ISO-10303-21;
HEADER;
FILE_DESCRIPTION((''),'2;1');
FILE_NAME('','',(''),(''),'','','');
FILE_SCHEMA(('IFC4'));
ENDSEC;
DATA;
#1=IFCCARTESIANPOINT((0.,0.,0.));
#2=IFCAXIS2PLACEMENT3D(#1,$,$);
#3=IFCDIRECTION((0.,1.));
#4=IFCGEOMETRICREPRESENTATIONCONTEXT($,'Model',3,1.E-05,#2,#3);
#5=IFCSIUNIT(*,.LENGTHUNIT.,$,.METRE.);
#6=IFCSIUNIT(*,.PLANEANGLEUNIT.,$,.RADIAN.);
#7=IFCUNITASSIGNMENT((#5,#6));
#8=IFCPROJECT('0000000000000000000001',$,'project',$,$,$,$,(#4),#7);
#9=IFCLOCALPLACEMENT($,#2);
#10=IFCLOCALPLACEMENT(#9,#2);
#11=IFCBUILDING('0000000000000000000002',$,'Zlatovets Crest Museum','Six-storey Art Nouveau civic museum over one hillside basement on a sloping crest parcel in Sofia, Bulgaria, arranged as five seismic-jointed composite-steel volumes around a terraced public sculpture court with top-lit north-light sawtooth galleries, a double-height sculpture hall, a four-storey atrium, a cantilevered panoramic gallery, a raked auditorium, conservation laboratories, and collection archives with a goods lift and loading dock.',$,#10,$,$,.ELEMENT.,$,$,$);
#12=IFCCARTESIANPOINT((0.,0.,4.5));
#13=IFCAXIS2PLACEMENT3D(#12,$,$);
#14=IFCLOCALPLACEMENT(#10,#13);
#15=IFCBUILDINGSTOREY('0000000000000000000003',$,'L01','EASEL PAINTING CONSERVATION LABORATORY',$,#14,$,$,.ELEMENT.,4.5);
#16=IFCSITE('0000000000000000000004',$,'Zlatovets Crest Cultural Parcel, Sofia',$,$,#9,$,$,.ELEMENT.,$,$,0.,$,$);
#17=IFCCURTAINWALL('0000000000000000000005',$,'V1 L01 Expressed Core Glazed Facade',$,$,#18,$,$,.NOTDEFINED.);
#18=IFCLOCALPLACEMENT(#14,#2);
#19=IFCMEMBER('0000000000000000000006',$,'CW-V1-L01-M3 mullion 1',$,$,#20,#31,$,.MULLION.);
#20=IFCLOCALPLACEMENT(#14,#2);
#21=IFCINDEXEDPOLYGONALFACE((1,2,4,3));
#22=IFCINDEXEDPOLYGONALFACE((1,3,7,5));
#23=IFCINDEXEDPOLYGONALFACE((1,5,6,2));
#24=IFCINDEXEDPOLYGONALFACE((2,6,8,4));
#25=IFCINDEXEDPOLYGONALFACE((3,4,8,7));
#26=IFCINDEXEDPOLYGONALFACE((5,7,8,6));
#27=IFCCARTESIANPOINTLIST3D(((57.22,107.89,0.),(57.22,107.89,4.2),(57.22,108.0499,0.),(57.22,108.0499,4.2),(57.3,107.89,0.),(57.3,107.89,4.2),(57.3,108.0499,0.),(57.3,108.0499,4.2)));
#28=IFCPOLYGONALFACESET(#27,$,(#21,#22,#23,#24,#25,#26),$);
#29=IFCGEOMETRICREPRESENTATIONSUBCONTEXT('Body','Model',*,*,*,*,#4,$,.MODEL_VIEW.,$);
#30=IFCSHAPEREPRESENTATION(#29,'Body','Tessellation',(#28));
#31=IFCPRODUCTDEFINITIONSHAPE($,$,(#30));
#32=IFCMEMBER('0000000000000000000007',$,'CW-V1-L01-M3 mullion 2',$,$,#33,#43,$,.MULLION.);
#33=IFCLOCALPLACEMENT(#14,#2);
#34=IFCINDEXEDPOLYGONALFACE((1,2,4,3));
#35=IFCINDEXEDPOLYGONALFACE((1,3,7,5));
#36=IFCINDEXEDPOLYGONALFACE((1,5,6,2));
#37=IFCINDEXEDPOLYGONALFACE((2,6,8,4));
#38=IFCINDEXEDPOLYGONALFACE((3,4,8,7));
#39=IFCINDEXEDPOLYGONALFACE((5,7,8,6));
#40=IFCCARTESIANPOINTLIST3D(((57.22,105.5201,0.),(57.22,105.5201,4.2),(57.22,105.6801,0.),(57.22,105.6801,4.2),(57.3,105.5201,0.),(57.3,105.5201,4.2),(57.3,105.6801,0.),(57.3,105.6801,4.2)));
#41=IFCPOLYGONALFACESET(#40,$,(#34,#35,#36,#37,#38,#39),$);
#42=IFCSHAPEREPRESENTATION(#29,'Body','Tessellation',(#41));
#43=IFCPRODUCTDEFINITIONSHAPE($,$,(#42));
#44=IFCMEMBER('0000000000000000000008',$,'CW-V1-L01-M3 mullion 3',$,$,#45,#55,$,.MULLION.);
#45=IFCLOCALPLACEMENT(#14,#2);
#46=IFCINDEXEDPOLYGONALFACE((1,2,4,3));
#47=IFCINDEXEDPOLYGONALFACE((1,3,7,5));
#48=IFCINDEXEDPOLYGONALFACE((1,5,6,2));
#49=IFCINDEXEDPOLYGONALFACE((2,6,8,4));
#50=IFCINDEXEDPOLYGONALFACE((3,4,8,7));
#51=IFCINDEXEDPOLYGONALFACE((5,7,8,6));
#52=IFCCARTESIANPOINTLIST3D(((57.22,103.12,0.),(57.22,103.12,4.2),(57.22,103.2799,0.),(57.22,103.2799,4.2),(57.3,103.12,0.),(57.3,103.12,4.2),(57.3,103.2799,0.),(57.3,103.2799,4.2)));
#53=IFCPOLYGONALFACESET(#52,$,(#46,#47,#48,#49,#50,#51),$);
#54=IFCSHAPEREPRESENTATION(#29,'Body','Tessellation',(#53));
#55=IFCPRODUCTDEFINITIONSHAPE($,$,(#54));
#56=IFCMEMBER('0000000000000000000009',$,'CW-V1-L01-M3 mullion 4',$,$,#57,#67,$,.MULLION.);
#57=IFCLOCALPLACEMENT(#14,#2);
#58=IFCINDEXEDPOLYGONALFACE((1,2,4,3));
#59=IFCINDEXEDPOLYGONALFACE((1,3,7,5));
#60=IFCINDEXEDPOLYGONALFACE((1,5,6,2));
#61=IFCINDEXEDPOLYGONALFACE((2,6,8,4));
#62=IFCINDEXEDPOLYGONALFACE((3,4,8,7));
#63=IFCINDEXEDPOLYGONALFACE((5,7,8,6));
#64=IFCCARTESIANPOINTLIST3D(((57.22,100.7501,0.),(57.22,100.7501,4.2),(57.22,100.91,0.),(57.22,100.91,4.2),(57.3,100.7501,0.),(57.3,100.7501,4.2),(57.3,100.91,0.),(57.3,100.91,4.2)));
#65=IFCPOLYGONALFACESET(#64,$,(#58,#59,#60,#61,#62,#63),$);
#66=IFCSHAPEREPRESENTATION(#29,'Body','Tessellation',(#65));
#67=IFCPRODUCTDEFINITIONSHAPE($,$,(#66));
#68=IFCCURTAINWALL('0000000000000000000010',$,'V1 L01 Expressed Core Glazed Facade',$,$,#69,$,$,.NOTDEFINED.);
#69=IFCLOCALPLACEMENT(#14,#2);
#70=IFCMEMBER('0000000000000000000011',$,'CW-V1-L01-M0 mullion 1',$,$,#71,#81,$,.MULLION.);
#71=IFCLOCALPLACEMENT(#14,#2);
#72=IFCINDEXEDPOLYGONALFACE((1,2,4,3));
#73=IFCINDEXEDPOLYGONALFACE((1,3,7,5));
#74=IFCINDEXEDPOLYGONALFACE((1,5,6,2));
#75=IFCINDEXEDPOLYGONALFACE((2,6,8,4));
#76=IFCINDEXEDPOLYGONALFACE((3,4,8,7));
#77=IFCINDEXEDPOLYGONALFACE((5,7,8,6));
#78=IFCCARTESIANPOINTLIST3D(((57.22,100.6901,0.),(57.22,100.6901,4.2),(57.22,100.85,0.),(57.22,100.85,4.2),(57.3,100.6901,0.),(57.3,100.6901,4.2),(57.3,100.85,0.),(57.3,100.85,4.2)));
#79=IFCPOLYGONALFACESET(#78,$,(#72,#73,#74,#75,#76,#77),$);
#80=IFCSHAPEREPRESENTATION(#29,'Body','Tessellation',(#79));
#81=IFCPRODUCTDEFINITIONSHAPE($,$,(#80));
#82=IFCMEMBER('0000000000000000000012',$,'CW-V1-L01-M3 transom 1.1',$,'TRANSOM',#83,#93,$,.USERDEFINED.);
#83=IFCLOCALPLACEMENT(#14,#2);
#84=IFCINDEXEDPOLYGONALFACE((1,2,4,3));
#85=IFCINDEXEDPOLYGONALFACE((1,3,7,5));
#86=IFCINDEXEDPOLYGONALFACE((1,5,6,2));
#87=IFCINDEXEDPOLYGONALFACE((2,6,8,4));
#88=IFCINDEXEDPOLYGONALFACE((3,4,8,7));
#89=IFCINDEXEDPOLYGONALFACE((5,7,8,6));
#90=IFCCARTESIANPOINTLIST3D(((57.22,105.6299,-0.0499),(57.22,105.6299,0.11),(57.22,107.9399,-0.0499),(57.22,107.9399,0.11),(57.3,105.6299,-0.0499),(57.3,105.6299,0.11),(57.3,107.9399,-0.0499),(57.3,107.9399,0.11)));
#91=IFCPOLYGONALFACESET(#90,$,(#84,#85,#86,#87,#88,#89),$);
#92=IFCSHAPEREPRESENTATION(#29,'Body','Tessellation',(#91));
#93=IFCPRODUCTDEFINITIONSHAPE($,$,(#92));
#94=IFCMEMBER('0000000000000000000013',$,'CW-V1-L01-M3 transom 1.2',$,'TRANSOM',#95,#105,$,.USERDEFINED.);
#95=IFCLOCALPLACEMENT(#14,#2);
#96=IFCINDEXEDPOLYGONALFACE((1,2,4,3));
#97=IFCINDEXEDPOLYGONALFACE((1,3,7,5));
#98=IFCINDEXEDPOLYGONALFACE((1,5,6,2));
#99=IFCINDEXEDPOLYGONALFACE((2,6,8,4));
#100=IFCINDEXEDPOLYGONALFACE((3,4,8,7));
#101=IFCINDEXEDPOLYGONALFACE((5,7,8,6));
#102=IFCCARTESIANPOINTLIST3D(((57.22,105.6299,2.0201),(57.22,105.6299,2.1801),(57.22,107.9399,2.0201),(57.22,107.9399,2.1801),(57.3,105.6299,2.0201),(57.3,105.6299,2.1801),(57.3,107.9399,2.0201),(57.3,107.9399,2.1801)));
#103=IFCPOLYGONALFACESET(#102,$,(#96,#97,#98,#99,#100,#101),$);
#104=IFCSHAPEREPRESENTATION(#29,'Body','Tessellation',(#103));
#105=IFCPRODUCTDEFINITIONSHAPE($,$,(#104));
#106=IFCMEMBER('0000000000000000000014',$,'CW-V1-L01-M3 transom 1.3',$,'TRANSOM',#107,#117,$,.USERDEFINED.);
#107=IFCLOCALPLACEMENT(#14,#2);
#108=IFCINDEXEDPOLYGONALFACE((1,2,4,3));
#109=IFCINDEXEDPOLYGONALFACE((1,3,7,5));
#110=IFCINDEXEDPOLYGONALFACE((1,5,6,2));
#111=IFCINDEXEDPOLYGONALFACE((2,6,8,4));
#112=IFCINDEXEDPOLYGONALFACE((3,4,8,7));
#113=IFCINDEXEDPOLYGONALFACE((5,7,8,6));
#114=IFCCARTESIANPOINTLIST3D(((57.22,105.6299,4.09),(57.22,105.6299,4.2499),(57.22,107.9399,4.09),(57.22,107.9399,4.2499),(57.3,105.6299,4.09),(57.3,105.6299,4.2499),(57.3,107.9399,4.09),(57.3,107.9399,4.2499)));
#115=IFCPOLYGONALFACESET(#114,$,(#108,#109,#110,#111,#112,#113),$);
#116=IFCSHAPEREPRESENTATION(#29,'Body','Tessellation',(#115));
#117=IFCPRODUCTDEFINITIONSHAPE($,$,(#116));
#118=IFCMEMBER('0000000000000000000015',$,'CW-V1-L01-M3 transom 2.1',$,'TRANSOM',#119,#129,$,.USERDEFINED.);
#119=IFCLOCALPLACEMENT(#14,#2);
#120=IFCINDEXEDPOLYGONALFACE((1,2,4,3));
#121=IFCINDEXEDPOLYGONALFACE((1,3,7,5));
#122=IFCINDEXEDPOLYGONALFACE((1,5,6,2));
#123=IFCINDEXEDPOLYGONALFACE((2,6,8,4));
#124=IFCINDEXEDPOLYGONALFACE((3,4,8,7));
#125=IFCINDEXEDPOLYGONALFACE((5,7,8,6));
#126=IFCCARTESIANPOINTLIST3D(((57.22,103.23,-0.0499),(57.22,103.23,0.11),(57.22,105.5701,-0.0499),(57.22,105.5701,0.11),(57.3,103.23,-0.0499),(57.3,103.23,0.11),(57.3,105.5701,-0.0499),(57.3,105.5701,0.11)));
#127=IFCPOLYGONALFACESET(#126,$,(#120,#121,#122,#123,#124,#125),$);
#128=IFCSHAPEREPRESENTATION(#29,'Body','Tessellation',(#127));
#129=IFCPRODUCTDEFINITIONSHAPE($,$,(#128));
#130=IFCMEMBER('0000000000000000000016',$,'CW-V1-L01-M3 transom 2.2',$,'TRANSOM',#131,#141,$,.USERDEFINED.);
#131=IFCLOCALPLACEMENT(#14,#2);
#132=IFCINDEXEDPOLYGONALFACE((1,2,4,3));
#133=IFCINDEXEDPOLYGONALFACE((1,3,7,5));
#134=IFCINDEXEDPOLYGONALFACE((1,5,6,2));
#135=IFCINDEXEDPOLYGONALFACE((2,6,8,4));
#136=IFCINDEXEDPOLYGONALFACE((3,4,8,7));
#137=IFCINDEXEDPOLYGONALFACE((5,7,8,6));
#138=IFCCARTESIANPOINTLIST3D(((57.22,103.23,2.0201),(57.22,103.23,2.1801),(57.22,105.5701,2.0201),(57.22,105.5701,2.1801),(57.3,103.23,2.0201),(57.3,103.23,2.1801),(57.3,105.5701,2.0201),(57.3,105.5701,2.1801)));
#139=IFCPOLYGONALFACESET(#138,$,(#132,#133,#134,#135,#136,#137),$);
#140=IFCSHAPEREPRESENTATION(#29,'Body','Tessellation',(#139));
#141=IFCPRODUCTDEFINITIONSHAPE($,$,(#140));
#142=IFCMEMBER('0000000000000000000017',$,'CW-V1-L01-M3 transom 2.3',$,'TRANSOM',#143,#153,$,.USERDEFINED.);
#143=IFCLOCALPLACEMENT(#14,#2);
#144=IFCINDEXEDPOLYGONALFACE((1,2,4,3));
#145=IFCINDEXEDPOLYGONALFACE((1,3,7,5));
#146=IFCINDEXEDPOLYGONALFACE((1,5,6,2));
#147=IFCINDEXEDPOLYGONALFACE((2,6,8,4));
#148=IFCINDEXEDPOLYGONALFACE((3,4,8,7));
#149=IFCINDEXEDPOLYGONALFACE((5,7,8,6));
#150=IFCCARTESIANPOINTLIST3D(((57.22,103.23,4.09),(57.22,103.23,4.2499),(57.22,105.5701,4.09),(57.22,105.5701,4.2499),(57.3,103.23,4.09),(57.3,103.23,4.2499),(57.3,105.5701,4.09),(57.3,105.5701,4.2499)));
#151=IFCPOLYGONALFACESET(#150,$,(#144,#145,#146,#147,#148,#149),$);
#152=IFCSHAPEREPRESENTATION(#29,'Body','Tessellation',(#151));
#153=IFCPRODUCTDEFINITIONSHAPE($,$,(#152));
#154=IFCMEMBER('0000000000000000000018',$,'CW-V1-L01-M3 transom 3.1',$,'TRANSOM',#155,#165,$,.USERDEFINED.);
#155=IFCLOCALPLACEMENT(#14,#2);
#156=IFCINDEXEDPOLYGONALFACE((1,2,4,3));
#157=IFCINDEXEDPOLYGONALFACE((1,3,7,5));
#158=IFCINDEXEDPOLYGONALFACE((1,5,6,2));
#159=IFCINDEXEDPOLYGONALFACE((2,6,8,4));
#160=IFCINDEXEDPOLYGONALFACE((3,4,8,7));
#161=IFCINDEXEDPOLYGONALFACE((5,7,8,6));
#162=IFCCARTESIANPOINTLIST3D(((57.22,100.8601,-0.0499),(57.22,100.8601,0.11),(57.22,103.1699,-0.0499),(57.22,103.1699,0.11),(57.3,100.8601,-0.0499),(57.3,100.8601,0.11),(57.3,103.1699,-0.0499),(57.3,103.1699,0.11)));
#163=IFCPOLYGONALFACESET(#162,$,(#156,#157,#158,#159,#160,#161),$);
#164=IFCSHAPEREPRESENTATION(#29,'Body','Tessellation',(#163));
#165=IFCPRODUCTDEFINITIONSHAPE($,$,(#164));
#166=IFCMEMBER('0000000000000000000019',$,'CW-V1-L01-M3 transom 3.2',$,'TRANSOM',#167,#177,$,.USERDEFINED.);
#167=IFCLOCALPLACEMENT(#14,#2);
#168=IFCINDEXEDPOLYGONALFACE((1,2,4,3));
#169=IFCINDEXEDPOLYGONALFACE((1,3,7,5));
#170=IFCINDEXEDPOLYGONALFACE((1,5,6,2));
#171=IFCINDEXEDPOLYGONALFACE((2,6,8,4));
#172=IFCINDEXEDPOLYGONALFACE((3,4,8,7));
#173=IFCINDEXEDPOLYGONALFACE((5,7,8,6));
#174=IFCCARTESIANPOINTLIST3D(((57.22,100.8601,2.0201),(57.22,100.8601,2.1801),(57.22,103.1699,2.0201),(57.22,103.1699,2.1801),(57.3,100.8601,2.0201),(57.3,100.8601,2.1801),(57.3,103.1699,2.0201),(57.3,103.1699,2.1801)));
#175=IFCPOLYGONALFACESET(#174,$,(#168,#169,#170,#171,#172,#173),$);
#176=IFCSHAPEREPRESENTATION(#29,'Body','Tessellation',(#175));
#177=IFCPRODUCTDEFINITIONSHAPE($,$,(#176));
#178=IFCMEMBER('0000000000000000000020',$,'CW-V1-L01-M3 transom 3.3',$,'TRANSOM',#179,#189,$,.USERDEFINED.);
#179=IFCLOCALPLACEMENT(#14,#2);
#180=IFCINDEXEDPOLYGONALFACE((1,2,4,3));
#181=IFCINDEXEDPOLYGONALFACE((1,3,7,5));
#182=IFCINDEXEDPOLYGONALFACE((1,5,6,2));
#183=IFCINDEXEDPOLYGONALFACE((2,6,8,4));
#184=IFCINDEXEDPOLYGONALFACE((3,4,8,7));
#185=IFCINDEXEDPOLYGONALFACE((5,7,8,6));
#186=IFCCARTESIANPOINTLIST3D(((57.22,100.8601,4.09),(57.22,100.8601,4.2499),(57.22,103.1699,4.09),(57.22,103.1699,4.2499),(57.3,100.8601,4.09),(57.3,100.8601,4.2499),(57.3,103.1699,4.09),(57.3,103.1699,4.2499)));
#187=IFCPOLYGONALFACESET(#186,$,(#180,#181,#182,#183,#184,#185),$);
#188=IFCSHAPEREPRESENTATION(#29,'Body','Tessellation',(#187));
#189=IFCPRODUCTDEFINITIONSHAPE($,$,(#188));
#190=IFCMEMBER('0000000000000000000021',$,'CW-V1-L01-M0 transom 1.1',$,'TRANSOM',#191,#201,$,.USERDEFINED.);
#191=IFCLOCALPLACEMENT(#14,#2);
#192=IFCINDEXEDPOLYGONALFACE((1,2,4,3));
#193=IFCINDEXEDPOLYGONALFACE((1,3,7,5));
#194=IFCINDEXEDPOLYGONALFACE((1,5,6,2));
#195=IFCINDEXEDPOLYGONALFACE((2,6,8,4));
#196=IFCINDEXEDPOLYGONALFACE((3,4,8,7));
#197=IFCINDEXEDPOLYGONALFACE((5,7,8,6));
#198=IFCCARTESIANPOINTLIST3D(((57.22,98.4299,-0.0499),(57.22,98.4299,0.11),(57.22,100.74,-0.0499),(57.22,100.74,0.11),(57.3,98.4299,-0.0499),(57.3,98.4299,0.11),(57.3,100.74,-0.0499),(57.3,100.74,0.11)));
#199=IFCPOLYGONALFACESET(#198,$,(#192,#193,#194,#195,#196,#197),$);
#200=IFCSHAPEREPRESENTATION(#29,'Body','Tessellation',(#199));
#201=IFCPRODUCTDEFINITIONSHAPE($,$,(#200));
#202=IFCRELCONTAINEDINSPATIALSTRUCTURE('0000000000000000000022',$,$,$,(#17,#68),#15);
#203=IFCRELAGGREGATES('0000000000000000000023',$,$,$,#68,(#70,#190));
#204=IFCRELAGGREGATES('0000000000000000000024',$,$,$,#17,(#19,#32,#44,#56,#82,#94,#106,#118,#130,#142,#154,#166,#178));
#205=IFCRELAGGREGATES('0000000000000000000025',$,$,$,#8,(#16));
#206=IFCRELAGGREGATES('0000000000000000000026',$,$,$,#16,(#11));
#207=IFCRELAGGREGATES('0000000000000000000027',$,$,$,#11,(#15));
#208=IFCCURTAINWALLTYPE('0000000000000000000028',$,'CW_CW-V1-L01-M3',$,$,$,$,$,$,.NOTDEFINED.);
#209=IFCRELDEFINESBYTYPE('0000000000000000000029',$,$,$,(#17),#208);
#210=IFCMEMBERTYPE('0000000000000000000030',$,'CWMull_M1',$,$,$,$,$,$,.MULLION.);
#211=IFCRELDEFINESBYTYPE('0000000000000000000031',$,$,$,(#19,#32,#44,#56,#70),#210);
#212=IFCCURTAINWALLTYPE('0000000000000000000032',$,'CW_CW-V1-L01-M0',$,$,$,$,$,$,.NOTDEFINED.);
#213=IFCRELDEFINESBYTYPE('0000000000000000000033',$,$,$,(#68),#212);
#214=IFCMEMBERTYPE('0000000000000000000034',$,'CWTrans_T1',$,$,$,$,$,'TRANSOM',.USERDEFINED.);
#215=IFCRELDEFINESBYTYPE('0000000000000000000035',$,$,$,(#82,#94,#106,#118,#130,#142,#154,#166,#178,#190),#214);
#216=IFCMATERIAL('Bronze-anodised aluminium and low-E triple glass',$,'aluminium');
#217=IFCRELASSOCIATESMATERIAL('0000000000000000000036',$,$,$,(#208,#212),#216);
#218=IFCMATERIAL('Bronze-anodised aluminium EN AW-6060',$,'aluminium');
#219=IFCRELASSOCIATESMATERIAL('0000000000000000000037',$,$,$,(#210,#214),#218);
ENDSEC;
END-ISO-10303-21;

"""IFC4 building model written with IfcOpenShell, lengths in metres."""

from ifc_helpers import new_model, si_unit, direction, frame, origin, origin_2d, place, context, subcontext, project, spatial, rectangle, extrude, material, material_profile, profile_set, type_object, element, aggregate, save


model = new_model("IFC4")

# Units and contexts
model_context = context("Model", 3, precision=1e-05, world=origin(), true_north=direction((0.0, 1.0)))
body_context = subcontext(model_context, "Body", "Model", "MODEL_VIEW")
ifc_project = project(units=[si_unit("LENGTHUNIT", "METRE"), si_unit("PLANEANGLEUNIT", "RADIAN")], contexts=[model_context])

# Site, building, storey
site_placement = place(None, origin())
site = spatial("IfcSite", under=ifc_project, at=site_placement, Name="Zlatovets Crest Cultural Parcel, Sofia", CompositionType="ELEMENT", RefElevation=0.0)
building_placement = place(site_placement, origin())
building = spatial("IfcBuilding", under=site, at=building_placement, Name="Zlatovets Crest Museum", Description="Six-storey Art Nouveau civic museum over one hillside basement on a sloping crest parcel in Sofia, Bulgaria, arranged as five seismic-jointed composite-steel volumes around a terraced public sculpture court with top-lit north-light sawtooth galleries, a double-height sculpture hall, a four-storey atrium, a cantilevered panoramic gallery, a raked auditorium, conservation laboratories, and collection archives with a goods lift and loading dock.", CompositionType="ELEMENT")
storey_placement = place(building_placement, frame((0.0, 0.0, 4.5)))
storey = spatial("IfcBuildingStorey", under=building, at=storey_placement, Name="L01", Description="EASEL PAINTING CONSERVATION LABORATORY", CompositionType="ELEMENT", Elevation=4.5)

# Curtain wall, members
ifc_material_1 = material(Name="Bronze-anodised aluminium and low-E triple glass", Category="aluminium")
curtain_wall_type_1 = type_object("IfcCurtainWallType", Name="CW_CW-V1-L01-M3", PredefinedType="NOTDEFINED", material=ifc_material_1)
curtain_wall_1_placement = place(storey_placement, origin())
curtain_wall_1 = element("IfcCurtainWall", 1, at=curtain_wall_1_placement, inside=storey, type_object=curtain_wall_type_1, Name="V1 L01 Expressed Core Glazed Facade", PredefinedType="NOTDEFINED")
ifc_material_2 = material(Name="Bronze-anodised aluminium EN AW-6060", Category="aluminium")
ifc_material_profile_1 = material_profile(ifc_material_2, rectangle(XDim=0.0801, YDim=0.1599, at=origin_2d()), Name="ALU 80x160")
ifc_profile_set_1 = profile_set([ifc_material_profile_1], Name="Bronze-anodised aluminium EN AW-6060")
member_type_1 = type_object("IfcMemberType", Name="CWMull_M1", PredefinedType="MULLION", material=ifc_profile_set_1)
member_1_placement = place(storey_placement, frame((57.26, 107.97, 0.0), z_axis=(0.0, 0.0, 1.0), x_axis=(1.0, 0.0, 0.0)))
member_1 = element("IfcMember", 2, at=member_1_placement, type_object=member_type_1, Name="CW-V1-L01-M3 mullion 1", PredefinedType="MULLION", context=body_context, shape_type="SweptSolid", body=[
    extrude(rectangle(XDim=0.0801, YDim=0.1599, at=origin_2d()), origin(), (0.0, 0.0, 1.0), 4.2),
])
member_2_placement = place(storey_placement, frame((57.26, 105.6001, 0.0), z_axis=(0.0, 0.0, 1.0), x_axis=(1.0, 0.0, 0.0)))
member_2 = element("IfcMember", 3, at=member_2_placement, type_object=member_type_1, Name="CW-V1-L01-M3 mullion 2", PredefinedType="MULLION", context=body_context, shape_type="SweptSolid", body=[
    extrude(rectangle(XDim=0.0801, YDim=0.1599, at=origin_2d()), origin(), (0.0, 0.0, 1.0), 4.2),
])
member_3_placement = place(storey_placement, frame((57.26, 103.2, 0.0), z_axis=(0.0, 0.0, 1.0), x_axis=(1.0, 0.0, 0.0)))
member_3 = element("IfcMember", 4, at=member_3_placement, type_object=member_type_1, Name="CW-V1-L01-M3 mullion 3", PredefinedType="MULLION", context=body_context, shape_type="SweptSolid", body=[
    extrude(rectangle(XDim=0.0801, YDim=0.1599, at=origin_2d()), origin(), (0.0, 0.0, 1.0), 4.2),
])
member_4_placement = place(storey_placement, frame((57.26, 100.8301, 0.0), z_axis=(0.0, 0.0, 1.0), x_axis=(1.0, 0.0, 0.0)))
member_4 = element("IfcMember", 5, at=member_4_placement, type_object=member_type_1, Name="CW-V1-L01-M3 mullion 4", PredefinedType="MULLION", context=body_context, shape_type="SweptSolid", body=[
    extrude(rectangle(XDim=0.0801, YDim=0.1599, at=origin_2d()), origin(), (0.0, 0.0, 1.0), 4.2),
])

# Curtain wall, member
curtain_wall_type_2 = type_object("IfcCurtainWallType", Name="CW_CW-V1-L01-M0", PredefinedType="NOTDEFINED", material=ifc_material_1)
curtain_wall_2_placement = place(storey_placement, origin())
curtain_wall_2 = element("IfcCurtainWall", 6, at=curtain_wall_2_placement, inside=storey, type_object=curtain_wall_type_2, Name="V1 L01 Expressed Core Glazed Facade", PredefinedType="NOTDEFINED")
member_5_placement = place(storey_placement, frame((57.26, 100.77, 0.0), z_axis=(0.0, 0.0, 1.0), x_axis=(1.0, 0.0, 0.0)))
member_5 = element("IfcMember", 7, at=member_5_placement, type_object=member_type_1, Name="CW-V1-L01-M0 mullion 1", PredefinedType="MULLION", context=body_context, shape_type="SweptSolid", body=[
    extrude(rectangle(XDim=0.0801, YDim=0.1599, at=origin_2d()), origin(), (0.0, 0.0, 1.0), 4.2),
])

# Members
ifc_material_profile_2 = material_profile(ifc_material_2, rectangle(XDim=0.0801, YDim=0.1599, at=origin_2d()), Name="ALU 80x160")
ifc_profile_set_2 = profile_set([ifc_material_profile_2], Name="Bronze-anodised aluminium EN AW-6060")
member_type_2 = type_object("IfcMemberType", Name="CWTrans_T1", ElementType="TRANSOM", PredefinedType="USERDEFINED", material=ifc_profile_set_2)
member_6_placement = place(storey_placement, frame((57.26, 107.9399, 0.03), z_axis=(0.0, -1.0, 0.0), x_axis=(1.0, 0.0, 0.0)))
member_6 = element("IfcMember", 8, at=member_6_placement, type_object=member_type_2, Name="CW-V1-L01-M3 transom 1.1", ObjectType="TRANSOM", PredefinedType="USERDEFINED", context=body_context, shape_type="SweptSolid", body=[
    extrude(rectangle(XDim=0.0801, YDim=0.1599, at=origin_2d()), origin(), (0.0, 0.0, 1.0), 2.3101),
])
member_7_placement = place(storey_placement, frame((57.26, 107.9399, 2.1001), z_axis=(0.0, -1.0, 0.0), x_axis=(1.0, 0.0, 0.0)))
member_7 = element("IfcMember", 9, at=member_7_placement, type_object=member_type_2, Name="CW-V1-L01-M3 transom 1.2", ObjectType="TRANSOM", PredefinedType="USERDEFINED", context=body_context, shape_type="SweptSolid", body=[
    extrude(rectangle(XDim=0.0801, YDim=0.1599, at=origin_2d()), origin(), (0.0, 0.0, 1.0), 2.3101),
])
member_8_placement = place(storey_placement, frame((57.26, 107.9399, 4.1699), z_axis=(0.0, -1.0, 0.0), x_axis=(1.0, 0.0, 0.0)))
member_8 = element("IfcMember", 10, at=member_8_placement, type_object=member_type_2, Name="CW-V1-L01-M3 transom 1.3", ObjectType="TRANSOM", PredefinedType="USERDEFINED", context=body_context, shape_type="SweptSolid", body=[
    extrude(rectangle(XDim=0.0801, YDim=0.1599, at=origin_2d()), origin(), (0.0, 0.0, 1.0), 2.3101),
])
member_9_placement = place(storey_placement, frame((57.26, 105.5701, 0.03), z_axis=(0.0, -1.0, 0.0), x_axis=(1.0, 0.0, 0.0)))
member_9 = element("IfcMember", 11, at=member_9_placement, type_object=member_type_2, Name="CW-V1-L01-M3 transom 2.1", ObjectType="TRANSOM", PredefinedType="USERDEFINED", context=body_context, shape_type="SweptSolid", body=[
    extrude(rectangle(XDim=0.0801, YDim=0.1599, at=origin_2d()), origin(), (0.0, 0.0, 1.0), 2.3401),
])
member_10_placement = place(storey_placement, frame((57.26, 105.5701, 2.1001), z_axis=(0.0, -1.0, 0.0), x_axis=(1.0, 0.0, 0.0)))
member_10 = element("IfcMember", 12, at=member_10_placement, type_object=member_type_2, Name="CW-V1-L01-M3 transom 2.2", ObjectType="TRANSOM", PredefinedType="USERDEFINED", context=body_context, shape_type="SweptSolid", body=[
    extrude(rectangle(XDim=0.0801, YDim=0.1599, at=origin_2d()), origin(), (0.0, 0.0, 1.0), 2.3401),
])
member_11_placement = place(storey_placement, frame((57.26, 105.5701, 4.1699), z_axis=(0.0, -1.0, 0.0), x_axis=(1.0, 0.0, 0.0)))
member_11 = element("IfcMember", 13, at=member_11_placement, type_object=member_type_2, Name="CW-V1-L01-M3 transom 2.3", ObjectType="TRANSOM", PredefinedType="USERDEFINED", context=body_context, shape_type="SweptSolid", body=[
    extrude(rectangle(XDim=0.0801, YDim=0.1599, at=origin_2d()), origin(), (0.0, 0.0, 1.0), 2.3401),
])
member_12_placement = place(storey_placement, frame((57.26, 103.1699, 0.03), z_axis=(0.0, -1.0, 0.0), x_axis=(1.0, 0.0, 0.0)))
member_12 = element("IfcMember", 14, at=member_12_placement, type_object=member_type_2, Name="CW-V1-L01-M3 transom 3.1", ObjectType="TRANSOM", PredefinedType="USERDEFINED", context=body_context, shape_type="SweptSolid", body=[
    extrude(rectangle(XDim=0.0801, YDim=0.1599, at=origin_2d()), origin(), (0.0, 0.0, 1.0), 2.3098),
])
member_13_placement = place(storey_placement, frame((57.26, 103.1699, 2.1001), z_axis=(0.0, -1.0, 0.0), x_axis=(1.0, 0.0, 0.0)))
member_13 = element("IfcMember", 15, at=member_13_placement, type_object=member_type_2, Name="CW-V1-L01-M3 transom 3.2", ObjectType="TRANSOM", PredefinedType="USERDEFINED", context=body_context, shape_type="SweptSolid", body=[
    extrude(rectangle(XDim=0.0801, YDim=0.1599, at=origin_2d()), origin(), (0.0, 0.0, 1.0), 2.3098),
])
member_14_placement = place(storey_placement, frame((57.26, 103.1699, 4.1699), z_axis=(0.0, -1.0, 0.0), x_axis=(1.0, 0.0, 0.0)))
member_14 = element("IfcMember", 16, at=member_14_placement, type_object=member_type_2, Name="CW-V1-L01-M3 transom 3.3", ObjectType="TRANSOM", PredefinedType="USERDEFINED", context=body_context, shape_type="SweptSolid", body=[
    extrude(rectangle(XDim=0.0801, YDim=0.1599, at=origin_2d()), origin(), (0.0, 0.0, 1.0), 2.3098),
])
member_15_placement = place(storey_placement, frame((57.26, 100.74, 0.03), z_axis=(0.0, -1.0, 0.0), x_axis=(1.0, 0.0, 0.0)))
member_15 = element("IfcMember", 17, at=member_15_placement, type_object=member_type_2, Name="CW-V1-L01-M0 transom 1.1", ObjectType="TRANSOM", PredefinedType="USERDEFINED", context=body_context, shape_type="SweptSolid", body=[
    extrude(rectangle(XDim=0.0801, YDim=0.1599, at=origin_2d()), origin(), (0.0, 0.0, 1.0), 2.3101),
])

aggregate(curtain_wall_2, [member_5, member_15])
aggregate(curtain_wall_1, [member_1, member_2, member_3, member_4, member_6, member_7, member_8, member_9, member_10, member_11, member_12, member_13, member_14])

save(model, "model.ifc")
